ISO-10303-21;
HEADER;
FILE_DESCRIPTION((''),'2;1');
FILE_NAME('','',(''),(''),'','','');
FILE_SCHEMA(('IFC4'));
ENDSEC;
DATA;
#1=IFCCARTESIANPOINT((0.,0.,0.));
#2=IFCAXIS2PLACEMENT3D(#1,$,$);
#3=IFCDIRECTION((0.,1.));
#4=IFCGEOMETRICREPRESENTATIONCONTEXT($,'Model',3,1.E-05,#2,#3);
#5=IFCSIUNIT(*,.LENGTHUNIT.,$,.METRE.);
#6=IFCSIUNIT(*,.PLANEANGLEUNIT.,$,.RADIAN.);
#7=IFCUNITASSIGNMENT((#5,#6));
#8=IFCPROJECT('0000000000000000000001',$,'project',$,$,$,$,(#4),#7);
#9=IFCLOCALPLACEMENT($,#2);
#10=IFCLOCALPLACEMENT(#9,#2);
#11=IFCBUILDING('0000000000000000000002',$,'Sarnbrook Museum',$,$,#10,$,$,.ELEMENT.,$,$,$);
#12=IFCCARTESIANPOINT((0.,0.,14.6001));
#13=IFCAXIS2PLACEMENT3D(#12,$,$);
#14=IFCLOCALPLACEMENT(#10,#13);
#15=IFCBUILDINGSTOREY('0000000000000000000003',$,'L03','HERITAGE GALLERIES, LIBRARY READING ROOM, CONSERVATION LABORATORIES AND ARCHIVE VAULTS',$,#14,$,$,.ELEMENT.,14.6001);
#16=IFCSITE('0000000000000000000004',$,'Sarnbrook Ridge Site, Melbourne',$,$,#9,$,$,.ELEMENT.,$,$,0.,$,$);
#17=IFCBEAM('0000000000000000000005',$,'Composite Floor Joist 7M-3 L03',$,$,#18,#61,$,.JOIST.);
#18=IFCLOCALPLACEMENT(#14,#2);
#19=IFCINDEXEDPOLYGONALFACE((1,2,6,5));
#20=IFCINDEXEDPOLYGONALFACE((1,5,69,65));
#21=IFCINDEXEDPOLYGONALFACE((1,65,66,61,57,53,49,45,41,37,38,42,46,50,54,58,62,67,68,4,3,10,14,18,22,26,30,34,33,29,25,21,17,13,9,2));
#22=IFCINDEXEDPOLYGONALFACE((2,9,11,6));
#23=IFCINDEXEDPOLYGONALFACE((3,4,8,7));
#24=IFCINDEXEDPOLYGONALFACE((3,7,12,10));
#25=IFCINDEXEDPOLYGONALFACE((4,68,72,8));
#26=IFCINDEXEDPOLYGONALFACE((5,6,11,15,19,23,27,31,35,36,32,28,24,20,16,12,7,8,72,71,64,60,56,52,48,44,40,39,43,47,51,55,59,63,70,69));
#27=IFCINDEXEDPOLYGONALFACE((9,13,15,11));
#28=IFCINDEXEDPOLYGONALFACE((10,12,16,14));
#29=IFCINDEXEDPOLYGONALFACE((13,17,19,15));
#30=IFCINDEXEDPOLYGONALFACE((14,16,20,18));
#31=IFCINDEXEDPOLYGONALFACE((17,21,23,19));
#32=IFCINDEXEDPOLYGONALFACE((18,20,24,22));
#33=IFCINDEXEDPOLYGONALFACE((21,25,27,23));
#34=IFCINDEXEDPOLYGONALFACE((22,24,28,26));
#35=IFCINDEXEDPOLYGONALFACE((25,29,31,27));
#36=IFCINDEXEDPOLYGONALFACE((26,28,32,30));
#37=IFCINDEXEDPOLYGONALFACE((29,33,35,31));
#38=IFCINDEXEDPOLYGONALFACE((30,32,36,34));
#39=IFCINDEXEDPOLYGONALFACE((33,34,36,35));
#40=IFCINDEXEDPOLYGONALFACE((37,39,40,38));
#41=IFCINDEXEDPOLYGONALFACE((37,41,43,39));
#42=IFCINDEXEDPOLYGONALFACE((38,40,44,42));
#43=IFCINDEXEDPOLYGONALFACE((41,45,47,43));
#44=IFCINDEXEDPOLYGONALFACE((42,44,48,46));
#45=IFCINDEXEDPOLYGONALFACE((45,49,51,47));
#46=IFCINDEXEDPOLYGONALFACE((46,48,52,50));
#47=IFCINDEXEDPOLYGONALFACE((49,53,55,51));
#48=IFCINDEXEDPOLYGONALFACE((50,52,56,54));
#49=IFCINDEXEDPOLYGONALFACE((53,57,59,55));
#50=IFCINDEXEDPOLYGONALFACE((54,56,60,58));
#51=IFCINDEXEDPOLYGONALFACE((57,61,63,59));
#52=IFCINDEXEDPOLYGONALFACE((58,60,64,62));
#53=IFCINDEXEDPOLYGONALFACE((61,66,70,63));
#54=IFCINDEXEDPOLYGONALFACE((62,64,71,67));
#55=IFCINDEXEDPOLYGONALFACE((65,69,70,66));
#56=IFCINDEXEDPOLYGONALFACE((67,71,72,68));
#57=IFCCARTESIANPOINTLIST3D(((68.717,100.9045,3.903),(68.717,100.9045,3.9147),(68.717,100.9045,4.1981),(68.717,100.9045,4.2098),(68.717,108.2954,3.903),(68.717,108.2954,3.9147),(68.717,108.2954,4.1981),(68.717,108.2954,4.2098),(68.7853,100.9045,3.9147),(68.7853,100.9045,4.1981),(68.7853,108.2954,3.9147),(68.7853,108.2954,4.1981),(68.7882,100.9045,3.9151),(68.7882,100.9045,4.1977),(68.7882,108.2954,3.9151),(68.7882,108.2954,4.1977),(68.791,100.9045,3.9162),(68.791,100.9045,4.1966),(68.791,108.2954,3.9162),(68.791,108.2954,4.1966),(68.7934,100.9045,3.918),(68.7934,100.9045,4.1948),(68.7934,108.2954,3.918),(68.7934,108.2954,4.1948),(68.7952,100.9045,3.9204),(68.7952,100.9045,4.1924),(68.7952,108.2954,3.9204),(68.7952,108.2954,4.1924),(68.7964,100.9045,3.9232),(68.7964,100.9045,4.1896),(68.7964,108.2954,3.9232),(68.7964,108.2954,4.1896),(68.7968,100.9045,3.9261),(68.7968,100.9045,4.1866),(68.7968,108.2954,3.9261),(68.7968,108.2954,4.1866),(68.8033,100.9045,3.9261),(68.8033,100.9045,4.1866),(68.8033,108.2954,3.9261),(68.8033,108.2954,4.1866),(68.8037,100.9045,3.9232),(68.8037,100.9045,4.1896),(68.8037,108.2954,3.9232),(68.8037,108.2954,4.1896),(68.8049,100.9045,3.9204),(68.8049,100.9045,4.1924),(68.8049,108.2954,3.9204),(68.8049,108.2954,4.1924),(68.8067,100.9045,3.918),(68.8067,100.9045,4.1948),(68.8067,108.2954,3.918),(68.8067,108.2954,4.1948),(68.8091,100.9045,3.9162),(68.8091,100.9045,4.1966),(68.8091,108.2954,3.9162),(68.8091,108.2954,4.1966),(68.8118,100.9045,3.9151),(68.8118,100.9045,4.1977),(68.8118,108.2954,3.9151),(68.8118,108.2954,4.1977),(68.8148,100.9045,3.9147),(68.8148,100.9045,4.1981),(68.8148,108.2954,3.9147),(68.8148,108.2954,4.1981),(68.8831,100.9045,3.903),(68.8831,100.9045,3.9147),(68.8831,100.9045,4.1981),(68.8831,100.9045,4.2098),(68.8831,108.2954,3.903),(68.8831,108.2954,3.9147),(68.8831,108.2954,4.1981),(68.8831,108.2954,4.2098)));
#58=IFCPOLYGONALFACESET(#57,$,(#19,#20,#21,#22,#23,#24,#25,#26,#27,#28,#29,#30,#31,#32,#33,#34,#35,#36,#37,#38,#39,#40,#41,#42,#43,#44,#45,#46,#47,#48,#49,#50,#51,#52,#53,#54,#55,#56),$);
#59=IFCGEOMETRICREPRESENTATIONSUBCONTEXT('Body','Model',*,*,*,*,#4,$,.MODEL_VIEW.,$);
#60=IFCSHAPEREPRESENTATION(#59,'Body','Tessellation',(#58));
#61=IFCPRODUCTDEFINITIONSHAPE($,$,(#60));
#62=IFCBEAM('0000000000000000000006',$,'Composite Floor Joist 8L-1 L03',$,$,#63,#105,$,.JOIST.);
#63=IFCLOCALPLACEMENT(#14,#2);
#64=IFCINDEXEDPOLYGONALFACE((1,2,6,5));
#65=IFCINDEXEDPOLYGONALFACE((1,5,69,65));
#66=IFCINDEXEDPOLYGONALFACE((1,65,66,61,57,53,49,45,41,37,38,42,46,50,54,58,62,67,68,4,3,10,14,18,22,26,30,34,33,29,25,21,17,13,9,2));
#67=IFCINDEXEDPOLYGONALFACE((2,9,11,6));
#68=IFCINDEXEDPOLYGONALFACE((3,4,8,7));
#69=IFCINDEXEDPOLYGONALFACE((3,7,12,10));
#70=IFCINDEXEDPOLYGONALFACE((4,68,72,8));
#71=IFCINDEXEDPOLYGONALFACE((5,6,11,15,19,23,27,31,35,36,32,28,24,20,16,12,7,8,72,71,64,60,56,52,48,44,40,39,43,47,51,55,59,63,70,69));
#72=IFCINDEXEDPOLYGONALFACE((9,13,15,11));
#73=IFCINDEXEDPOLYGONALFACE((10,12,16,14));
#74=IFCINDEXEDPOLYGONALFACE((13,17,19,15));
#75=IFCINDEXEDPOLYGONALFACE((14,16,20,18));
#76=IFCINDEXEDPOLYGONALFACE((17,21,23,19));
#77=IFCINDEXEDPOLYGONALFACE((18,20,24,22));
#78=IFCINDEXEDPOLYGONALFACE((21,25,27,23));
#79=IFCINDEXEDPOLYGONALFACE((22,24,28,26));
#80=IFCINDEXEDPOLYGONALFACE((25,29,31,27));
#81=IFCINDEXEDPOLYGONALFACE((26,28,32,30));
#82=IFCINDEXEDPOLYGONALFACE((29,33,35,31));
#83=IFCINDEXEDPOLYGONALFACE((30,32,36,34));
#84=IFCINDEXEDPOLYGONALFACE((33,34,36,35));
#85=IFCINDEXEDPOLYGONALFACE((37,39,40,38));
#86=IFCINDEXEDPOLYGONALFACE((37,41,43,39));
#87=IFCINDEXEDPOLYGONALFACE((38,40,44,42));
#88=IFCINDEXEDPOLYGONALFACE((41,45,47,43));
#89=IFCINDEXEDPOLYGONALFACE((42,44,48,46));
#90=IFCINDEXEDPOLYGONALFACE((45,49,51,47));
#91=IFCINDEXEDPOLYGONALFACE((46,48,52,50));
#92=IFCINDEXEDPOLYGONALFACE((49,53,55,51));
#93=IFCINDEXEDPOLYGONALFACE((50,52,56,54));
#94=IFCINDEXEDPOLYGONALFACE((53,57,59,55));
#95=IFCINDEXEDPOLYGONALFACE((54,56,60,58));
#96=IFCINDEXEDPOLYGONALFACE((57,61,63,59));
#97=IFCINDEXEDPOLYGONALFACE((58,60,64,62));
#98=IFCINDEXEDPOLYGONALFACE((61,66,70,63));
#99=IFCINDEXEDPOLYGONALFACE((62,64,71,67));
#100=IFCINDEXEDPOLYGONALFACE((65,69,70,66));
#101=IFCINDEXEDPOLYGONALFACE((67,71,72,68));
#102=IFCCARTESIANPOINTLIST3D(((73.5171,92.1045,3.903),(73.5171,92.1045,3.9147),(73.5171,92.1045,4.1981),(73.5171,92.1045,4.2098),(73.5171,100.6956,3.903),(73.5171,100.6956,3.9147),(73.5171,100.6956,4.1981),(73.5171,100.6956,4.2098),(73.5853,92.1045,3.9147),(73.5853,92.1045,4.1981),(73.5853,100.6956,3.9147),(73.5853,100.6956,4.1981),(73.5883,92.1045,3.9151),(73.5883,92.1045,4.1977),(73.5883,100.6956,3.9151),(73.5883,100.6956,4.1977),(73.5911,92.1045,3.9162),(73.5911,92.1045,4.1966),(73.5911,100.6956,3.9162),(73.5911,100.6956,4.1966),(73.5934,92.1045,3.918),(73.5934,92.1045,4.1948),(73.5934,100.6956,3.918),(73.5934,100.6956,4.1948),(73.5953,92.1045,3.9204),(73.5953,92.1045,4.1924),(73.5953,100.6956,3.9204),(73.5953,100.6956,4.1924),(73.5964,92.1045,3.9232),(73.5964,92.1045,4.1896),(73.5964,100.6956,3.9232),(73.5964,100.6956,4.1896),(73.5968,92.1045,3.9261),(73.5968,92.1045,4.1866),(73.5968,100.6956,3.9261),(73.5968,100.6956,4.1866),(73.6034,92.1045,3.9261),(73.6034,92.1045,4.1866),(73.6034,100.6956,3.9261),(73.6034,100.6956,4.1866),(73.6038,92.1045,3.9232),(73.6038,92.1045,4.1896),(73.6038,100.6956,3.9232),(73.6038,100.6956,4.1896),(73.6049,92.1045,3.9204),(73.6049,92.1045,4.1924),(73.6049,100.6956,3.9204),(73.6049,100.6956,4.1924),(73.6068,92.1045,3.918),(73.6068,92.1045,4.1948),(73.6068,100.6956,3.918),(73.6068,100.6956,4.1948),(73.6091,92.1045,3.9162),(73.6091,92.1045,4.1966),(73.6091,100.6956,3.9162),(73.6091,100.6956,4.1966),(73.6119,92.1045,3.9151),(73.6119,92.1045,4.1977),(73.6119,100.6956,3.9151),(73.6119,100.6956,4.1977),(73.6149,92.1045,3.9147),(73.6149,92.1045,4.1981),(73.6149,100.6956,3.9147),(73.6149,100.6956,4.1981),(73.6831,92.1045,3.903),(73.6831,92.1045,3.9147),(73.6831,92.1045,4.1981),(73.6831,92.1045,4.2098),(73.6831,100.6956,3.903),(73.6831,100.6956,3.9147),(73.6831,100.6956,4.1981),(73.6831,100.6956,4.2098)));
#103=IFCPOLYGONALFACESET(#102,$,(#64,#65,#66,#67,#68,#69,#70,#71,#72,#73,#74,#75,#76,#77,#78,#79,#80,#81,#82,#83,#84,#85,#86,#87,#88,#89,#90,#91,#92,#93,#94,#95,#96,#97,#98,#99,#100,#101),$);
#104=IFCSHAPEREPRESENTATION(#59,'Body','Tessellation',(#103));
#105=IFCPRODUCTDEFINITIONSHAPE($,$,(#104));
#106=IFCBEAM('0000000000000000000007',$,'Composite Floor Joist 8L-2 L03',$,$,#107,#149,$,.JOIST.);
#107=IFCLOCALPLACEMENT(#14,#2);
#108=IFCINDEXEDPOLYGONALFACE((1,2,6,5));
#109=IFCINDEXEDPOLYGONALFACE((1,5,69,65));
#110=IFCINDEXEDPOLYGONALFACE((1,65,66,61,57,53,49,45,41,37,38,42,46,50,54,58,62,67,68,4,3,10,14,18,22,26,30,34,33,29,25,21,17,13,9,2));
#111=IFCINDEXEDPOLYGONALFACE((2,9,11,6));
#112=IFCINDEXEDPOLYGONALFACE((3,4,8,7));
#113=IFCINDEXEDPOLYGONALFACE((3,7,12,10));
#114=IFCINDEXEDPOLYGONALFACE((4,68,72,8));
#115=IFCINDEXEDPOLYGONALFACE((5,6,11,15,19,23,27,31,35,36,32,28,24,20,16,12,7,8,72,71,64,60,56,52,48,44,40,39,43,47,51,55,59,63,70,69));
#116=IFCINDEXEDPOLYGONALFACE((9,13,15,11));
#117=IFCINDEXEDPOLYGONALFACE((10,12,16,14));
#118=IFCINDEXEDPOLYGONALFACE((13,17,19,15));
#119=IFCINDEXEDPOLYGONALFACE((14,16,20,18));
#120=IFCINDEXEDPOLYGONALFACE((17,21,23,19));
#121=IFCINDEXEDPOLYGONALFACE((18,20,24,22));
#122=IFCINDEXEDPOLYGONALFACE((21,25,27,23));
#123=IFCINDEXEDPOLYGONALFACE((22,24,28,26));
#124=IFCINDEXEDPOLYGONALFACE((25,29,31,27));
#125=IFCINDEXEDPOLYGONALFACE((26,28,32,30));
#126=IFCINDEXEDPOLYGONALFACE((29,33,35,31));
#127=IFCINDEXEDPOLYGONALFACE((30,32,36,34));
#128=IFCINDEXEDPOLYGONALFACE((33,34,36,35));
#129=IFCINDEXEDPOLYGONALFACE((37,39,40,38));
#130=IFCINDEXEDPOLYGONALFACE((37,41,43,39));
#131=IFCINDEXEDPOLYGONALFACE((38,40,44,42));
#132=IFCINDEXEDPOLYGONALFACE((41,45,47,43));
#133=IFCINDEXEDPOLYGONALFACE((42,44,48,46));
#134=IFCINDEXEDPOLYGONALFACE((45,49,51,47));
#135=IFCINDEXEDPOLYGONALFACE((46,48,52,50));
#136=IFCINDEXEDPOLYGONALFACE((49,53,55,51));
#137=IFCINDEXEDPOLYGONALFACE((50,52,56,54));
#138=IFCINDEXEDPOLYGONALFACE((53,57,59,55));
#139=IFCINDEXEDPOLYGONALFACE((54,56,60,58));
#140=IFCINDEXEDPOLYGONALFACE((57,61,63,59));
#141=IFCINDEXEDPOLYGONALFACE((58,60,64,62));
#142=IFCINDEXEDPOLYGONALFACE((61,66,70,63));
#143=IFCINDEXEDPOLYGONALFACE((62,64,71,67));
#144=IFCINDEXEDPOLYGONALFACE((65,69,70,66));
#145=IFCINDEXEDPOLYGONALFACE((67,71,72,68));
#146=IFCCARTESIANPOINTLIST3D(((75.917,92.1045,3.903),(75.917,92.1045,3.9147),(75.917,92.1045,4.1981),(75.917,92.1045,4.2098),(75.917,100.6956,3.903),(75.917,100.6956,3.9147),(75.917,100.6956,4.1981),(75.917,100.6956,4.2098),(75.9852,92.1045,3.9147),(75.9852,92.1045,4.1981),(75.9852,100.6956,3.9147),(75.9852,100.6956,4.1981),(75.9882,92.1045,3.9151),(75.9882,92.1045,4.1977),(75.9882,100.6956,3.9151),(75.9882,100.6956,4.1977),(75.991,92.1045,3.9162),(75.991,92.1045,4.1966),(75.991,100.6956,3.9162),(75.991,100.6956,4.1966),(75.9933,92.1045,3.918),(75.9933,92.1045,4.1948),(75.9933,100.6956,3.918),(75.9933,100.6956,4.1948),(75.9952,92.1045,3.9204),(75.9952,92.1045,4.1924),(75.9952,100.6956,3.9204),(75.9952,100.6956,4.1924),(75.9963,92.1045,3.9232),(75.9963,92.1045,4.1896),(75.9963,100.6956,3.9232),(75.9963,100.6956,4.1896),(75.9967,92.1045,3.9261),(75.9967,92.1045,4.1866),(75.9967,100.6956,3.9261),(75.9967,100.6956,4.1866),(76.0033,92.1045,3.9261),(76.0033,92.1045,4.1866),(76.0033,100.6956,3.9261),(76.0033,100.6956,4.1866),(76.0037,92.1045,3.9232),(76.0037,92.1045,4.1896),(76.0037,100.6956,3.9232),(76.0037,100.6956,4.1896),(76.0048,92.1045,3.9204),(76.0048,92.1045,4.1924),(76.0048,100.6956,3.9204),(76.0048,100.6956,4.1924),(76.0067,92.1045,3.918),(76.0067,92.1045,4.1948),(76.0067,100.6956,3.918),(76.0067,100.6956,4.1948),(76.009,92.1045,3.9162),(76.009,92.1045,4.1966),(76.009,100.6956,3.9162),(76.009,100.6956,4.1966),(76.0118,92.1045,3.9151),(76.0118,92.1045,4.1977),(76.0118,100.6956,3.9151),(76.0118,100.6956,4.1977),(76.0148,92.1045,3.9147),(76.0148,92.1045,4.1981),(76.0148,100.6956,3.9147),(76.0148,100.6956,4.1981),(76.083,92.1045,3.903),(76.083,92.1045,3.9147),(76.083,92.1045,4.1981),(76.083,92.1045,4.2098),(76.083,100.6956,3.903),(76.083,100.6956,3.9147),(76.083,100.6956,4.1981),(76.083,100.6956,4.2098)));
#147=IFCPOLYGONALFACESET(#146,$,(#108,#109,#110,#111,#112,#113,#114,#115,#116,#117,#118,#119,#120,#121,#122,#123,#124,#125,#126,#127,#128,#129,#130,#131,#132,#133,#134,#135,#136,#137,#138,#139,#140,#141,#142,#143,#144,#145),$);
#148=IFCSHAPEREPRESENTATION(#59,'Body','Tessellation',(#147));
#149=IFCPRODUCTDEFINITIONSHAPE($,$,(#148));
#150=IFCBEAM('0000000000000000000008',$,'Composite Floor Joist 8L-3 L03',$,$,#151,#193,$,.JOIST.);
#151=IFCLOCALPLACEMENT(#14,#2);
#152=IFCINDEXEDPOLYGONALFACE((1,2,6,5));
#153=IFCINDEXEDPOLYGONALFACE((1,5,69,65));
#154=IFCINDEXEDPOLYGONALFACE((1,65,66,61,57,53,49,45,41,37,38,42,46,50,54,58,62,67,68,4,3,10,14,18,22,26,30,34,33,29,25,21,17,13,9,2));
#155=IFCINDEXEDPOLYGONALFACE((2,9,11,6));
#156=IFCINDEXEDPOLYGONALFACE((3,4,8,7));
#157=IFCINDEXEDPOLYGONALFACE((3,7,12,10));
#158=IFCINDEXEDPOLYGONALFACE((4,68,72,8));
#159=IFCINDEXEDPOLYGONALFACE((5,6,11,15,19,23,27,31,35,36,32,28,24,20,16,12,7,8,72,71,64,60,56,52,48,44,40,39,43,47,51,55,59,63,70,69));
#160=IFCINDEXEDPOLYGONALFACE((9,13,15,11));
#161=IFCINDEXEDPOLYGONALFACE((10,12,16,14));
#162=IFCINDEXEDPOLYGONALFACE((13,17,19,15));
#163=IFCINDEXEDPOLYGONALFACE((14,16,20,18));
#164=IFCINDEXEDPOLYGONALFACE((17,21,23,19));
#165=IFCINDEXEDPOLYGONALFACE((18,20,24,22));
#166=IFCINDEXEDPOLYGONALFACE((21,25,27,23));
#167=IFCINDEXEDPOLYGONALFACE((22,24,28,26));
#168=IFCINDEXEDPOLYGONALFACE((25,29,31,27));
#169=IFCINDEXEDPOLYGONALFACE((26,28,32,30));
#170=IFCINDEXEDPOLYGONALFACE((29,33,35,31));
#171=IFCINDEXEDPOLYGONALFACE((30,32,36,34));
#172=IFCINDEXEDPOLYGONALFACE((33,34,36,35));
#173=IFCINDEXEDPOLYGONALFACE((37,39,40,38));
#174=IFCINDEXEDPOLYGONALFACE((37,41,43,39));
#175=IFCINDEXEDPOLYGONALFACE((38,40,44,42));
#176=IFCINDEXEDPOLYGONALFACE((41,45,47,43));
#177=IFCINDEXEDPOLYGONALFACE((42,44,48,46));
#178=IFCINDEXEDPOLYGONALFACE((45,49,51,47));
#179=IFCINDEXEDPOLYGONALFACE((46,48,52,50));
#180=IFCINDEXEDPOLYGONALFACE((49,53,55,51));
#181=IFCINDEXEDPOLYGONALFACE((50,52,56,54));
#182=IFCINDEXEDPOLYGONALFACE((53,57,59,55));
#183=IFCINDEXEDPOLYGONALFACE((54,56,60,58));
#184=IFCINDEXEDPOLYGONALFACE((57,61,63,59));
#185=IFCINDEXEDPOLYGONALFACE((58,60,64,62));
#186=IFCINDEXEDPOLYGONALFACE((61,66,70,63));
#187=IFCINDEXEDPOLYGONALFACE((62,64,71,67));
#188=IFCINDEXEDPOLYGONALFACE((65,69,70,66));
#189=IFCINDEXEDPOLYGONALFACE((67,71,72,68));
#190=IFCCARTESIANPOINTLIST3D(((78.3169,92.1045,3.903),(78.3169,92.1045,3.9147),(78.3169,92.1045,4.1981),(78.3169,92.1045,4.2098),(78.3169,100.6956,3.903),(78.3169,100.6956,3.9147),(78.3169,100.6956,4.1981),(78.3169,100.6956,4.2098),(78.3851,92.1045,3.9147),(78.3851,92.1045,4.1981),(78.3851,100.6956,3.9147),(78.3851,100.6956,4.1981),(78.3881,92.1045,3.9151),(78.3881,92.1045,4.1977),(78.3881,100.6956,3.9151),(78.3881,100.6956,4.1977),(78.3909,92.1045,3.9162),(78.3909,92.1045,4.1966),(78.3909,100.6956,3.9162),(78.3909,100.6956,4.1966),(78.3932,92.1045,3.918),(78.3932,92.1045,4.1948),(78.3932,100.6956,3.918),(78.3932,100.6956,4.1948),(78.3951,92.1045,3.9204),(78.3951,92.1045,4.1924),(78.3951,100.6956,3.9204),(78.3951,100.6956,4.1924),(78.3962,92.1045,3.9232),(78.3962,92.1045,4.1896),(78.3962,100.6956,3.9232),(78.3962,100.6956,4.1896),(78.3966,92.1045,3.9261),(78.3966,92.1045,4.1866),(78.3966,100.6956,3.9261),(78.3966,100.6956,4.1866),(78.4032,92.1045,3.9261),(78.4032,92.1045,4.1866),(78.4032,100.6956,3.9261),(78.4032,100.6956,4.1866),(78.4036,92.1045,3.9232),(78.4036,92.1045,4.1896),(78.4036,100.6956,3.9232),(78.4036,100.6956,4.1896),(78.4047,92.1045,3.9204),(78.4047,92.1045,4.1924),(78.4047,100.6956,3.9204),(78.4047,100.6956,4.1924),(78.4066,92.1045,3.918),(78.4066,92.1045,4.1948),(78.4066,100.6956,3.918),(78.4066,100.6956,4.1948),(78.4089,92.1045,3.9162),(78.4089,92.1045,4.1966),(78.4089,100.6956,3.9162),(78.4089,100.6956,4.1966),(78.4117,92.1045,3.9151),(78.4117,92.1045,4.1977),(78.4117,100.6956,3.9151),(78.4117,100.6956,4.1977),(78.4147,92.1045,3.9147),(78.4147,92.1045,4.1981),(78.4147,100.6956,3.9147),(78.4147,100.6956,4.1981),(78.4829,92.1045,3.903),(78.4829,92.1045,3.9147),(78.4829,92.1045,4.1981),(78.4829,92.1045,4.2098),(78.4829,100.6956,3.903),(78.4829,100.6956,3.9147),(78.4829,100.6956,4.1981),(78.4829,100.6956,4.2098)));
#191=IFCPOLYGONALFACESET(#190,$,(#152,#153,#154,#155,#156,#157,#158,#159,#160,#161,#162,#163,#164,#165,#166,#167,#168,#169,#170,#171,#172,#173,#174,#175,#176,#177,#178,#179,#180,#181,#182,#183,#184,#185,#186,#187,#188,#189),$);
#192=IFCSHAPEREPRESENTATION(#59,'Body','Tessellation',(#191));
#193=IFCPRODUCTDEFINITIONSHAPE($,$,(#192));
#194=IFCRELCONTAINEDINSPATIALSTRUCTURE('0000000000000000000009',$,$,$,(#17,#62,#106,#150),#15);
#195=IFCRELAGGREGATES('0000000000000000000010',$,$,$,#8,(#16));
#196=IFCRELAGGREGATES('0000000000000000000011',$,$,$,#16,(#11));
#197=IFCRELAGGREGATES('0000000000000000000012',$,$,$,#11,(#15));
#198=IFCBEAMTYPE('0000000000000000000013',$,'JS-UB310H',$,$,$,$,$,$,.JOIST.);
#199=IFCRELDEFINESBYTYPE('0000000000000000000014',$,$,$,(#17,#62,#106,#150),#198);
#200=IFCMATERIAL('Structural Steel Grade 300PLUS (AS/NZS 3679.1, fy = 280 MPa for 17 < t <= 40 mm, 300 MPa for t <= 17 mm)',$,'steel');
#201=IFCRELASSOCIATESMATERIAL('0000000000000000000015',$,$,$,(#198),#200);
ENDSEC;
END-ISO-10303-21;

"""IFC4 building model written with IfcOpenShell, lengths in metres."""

from ifc_helpers import new_model, si_unit, direction, frame, origin, origin_2d, place, context, subcontext, project, spatial, i_section, extrude, material, material_profile, profile_set, type_object, element, save


model = new_model("IFC4")

# Units and contexts
model_context = context("Model", 3, precision=1e-05, world=origin(), true_north=direction((0.0, 1.0)))
body_context = subcontext(model_context, "Body", "Model", "MODEL_VIEW")
ifc_project = project(units=[si_unit("LENGTHUNIT", "METRE"), si_unit("PLANEANGLEUNIT", "RADIAN")], contexts=[model_context])

# Site, building, storey
site_placement = place(None, origin())
site = spatial("IfcSite", under=ifc_project, at=site_placement, Name="Sarnbrook Ridge Site, Melbourne", CompositionType="ELEMENT", RefElevation=0.0)
building_placement = place(site_placement, origin())
building = spatial("IfcBuilding", under=site, at=building_placement, Name="Sarnbrook Museum", CompositionType="ELEMENT")
storey_placement = place(building_placement, frame((0.0, 0.0, 14.6001)))
storey = spatial("IfcBuildingStorey", under=building, at=storey_placement, Name="L03", Description="HERITAGE GALLERIES, LIBRARY READING ROOM, CONSERVATION LABORATORIES AND ARCHIVE VAULTS", CompositionType="ELEMENT", Elevation=14.6001)

# Shared definitions
ifc_material_1 = material(Name="Structural Steel Grade 300PLUS (AS/NZS 3679.1, fy = 280 MPa for 17 < t <= 40 mm, 300 MPa for t <= 17 mm)", Category="steel")

# Beams
ifc_material_profile_1 = material_profile(ifc_material_1, i_section(OverallWidth=0.166, OverallDepth=0.3069, WebThickness=0.0066, FlangeThickness=0.0117, FilletRadius=0.0115, at=origin_2d()), Name="310UB46.2")
ifc_profile_set_1 = profile_set([ifc_material_profile_1], Name="Structural Steel Grade 300PLUS (AS/NZS 3679.1, fy = 280 MPa for 17 < t <= 40 mm, 300 MPa for t <= 17 mm)")
beam_type_1 = type_object("IfcBeamType", Name="JS-UB310H", PredefinedType="JOIST", material=ifc_profile_set_1)
beam_1_placement = place(storey_placement, frame((68.8, 100.9045, 4.0564), z_axis=(0.0, 1.0, 0.0), x_axis=(-1.0, 0.0, 0.0)))
element("IfcBeam", 1, at=beam_1_placement, inside=storey, type_object=beam_type_1, Name="Composite Floor Joist 7M-3 L03", PredefinedType="JOIST", context=body_context, shape_type="SweptSolid", body=[
    extrude(i_section(OverallWidth=0.166, OverallDepth=0.3069, WebThickness=0.0066, FlangeThickness=0.0117, FilletRadius=0.0115, at=origin_2d()), origin(), (0.0, 0.0, 1.0), 7.3909),
])
for number, where, z_axis, x_axis, name in (
    (2, (73.6001, 92.1045, 4.0564), (0.0, 1.0, 0.0), (-1.0, 0.0, 0.0), "Composite Floor Joist 8L-1 L03"),
    (3, (76.0, 92.1045, 4.0564), (0.0, 1.0, 0.0), (-1.0, 0.0, 0.0), "Composite Floor Joist 8L-2 L03"),
    (4, (78.3999, 92.1045, 4.0564), (0.0, 1.0, 0.0), (-1.0, 0.0, 0.0), "Composite Floor Joist 8L-3 L03"),
):
    element("IfcBeam", number, at=place(storey_placement, frame(where, z_axis=z_axis, x_axis=x_axis)), inside=storey, type_object=beam_type_1, Name=name, PredefinedType="JOIST", context=body_context, shape_type="SweptSolid", body=[
        extrude(i_section(OverallWidth=0.166, OverallDepth=0.3069, WebThickness=0.0066, FlangeThickness=0.0117, FilletRadius=0.0115, at=origin_2d()), origin(), (0.0, 0.0, 1.0), 8.5911),
    ])

save(model, "model.ifc")
